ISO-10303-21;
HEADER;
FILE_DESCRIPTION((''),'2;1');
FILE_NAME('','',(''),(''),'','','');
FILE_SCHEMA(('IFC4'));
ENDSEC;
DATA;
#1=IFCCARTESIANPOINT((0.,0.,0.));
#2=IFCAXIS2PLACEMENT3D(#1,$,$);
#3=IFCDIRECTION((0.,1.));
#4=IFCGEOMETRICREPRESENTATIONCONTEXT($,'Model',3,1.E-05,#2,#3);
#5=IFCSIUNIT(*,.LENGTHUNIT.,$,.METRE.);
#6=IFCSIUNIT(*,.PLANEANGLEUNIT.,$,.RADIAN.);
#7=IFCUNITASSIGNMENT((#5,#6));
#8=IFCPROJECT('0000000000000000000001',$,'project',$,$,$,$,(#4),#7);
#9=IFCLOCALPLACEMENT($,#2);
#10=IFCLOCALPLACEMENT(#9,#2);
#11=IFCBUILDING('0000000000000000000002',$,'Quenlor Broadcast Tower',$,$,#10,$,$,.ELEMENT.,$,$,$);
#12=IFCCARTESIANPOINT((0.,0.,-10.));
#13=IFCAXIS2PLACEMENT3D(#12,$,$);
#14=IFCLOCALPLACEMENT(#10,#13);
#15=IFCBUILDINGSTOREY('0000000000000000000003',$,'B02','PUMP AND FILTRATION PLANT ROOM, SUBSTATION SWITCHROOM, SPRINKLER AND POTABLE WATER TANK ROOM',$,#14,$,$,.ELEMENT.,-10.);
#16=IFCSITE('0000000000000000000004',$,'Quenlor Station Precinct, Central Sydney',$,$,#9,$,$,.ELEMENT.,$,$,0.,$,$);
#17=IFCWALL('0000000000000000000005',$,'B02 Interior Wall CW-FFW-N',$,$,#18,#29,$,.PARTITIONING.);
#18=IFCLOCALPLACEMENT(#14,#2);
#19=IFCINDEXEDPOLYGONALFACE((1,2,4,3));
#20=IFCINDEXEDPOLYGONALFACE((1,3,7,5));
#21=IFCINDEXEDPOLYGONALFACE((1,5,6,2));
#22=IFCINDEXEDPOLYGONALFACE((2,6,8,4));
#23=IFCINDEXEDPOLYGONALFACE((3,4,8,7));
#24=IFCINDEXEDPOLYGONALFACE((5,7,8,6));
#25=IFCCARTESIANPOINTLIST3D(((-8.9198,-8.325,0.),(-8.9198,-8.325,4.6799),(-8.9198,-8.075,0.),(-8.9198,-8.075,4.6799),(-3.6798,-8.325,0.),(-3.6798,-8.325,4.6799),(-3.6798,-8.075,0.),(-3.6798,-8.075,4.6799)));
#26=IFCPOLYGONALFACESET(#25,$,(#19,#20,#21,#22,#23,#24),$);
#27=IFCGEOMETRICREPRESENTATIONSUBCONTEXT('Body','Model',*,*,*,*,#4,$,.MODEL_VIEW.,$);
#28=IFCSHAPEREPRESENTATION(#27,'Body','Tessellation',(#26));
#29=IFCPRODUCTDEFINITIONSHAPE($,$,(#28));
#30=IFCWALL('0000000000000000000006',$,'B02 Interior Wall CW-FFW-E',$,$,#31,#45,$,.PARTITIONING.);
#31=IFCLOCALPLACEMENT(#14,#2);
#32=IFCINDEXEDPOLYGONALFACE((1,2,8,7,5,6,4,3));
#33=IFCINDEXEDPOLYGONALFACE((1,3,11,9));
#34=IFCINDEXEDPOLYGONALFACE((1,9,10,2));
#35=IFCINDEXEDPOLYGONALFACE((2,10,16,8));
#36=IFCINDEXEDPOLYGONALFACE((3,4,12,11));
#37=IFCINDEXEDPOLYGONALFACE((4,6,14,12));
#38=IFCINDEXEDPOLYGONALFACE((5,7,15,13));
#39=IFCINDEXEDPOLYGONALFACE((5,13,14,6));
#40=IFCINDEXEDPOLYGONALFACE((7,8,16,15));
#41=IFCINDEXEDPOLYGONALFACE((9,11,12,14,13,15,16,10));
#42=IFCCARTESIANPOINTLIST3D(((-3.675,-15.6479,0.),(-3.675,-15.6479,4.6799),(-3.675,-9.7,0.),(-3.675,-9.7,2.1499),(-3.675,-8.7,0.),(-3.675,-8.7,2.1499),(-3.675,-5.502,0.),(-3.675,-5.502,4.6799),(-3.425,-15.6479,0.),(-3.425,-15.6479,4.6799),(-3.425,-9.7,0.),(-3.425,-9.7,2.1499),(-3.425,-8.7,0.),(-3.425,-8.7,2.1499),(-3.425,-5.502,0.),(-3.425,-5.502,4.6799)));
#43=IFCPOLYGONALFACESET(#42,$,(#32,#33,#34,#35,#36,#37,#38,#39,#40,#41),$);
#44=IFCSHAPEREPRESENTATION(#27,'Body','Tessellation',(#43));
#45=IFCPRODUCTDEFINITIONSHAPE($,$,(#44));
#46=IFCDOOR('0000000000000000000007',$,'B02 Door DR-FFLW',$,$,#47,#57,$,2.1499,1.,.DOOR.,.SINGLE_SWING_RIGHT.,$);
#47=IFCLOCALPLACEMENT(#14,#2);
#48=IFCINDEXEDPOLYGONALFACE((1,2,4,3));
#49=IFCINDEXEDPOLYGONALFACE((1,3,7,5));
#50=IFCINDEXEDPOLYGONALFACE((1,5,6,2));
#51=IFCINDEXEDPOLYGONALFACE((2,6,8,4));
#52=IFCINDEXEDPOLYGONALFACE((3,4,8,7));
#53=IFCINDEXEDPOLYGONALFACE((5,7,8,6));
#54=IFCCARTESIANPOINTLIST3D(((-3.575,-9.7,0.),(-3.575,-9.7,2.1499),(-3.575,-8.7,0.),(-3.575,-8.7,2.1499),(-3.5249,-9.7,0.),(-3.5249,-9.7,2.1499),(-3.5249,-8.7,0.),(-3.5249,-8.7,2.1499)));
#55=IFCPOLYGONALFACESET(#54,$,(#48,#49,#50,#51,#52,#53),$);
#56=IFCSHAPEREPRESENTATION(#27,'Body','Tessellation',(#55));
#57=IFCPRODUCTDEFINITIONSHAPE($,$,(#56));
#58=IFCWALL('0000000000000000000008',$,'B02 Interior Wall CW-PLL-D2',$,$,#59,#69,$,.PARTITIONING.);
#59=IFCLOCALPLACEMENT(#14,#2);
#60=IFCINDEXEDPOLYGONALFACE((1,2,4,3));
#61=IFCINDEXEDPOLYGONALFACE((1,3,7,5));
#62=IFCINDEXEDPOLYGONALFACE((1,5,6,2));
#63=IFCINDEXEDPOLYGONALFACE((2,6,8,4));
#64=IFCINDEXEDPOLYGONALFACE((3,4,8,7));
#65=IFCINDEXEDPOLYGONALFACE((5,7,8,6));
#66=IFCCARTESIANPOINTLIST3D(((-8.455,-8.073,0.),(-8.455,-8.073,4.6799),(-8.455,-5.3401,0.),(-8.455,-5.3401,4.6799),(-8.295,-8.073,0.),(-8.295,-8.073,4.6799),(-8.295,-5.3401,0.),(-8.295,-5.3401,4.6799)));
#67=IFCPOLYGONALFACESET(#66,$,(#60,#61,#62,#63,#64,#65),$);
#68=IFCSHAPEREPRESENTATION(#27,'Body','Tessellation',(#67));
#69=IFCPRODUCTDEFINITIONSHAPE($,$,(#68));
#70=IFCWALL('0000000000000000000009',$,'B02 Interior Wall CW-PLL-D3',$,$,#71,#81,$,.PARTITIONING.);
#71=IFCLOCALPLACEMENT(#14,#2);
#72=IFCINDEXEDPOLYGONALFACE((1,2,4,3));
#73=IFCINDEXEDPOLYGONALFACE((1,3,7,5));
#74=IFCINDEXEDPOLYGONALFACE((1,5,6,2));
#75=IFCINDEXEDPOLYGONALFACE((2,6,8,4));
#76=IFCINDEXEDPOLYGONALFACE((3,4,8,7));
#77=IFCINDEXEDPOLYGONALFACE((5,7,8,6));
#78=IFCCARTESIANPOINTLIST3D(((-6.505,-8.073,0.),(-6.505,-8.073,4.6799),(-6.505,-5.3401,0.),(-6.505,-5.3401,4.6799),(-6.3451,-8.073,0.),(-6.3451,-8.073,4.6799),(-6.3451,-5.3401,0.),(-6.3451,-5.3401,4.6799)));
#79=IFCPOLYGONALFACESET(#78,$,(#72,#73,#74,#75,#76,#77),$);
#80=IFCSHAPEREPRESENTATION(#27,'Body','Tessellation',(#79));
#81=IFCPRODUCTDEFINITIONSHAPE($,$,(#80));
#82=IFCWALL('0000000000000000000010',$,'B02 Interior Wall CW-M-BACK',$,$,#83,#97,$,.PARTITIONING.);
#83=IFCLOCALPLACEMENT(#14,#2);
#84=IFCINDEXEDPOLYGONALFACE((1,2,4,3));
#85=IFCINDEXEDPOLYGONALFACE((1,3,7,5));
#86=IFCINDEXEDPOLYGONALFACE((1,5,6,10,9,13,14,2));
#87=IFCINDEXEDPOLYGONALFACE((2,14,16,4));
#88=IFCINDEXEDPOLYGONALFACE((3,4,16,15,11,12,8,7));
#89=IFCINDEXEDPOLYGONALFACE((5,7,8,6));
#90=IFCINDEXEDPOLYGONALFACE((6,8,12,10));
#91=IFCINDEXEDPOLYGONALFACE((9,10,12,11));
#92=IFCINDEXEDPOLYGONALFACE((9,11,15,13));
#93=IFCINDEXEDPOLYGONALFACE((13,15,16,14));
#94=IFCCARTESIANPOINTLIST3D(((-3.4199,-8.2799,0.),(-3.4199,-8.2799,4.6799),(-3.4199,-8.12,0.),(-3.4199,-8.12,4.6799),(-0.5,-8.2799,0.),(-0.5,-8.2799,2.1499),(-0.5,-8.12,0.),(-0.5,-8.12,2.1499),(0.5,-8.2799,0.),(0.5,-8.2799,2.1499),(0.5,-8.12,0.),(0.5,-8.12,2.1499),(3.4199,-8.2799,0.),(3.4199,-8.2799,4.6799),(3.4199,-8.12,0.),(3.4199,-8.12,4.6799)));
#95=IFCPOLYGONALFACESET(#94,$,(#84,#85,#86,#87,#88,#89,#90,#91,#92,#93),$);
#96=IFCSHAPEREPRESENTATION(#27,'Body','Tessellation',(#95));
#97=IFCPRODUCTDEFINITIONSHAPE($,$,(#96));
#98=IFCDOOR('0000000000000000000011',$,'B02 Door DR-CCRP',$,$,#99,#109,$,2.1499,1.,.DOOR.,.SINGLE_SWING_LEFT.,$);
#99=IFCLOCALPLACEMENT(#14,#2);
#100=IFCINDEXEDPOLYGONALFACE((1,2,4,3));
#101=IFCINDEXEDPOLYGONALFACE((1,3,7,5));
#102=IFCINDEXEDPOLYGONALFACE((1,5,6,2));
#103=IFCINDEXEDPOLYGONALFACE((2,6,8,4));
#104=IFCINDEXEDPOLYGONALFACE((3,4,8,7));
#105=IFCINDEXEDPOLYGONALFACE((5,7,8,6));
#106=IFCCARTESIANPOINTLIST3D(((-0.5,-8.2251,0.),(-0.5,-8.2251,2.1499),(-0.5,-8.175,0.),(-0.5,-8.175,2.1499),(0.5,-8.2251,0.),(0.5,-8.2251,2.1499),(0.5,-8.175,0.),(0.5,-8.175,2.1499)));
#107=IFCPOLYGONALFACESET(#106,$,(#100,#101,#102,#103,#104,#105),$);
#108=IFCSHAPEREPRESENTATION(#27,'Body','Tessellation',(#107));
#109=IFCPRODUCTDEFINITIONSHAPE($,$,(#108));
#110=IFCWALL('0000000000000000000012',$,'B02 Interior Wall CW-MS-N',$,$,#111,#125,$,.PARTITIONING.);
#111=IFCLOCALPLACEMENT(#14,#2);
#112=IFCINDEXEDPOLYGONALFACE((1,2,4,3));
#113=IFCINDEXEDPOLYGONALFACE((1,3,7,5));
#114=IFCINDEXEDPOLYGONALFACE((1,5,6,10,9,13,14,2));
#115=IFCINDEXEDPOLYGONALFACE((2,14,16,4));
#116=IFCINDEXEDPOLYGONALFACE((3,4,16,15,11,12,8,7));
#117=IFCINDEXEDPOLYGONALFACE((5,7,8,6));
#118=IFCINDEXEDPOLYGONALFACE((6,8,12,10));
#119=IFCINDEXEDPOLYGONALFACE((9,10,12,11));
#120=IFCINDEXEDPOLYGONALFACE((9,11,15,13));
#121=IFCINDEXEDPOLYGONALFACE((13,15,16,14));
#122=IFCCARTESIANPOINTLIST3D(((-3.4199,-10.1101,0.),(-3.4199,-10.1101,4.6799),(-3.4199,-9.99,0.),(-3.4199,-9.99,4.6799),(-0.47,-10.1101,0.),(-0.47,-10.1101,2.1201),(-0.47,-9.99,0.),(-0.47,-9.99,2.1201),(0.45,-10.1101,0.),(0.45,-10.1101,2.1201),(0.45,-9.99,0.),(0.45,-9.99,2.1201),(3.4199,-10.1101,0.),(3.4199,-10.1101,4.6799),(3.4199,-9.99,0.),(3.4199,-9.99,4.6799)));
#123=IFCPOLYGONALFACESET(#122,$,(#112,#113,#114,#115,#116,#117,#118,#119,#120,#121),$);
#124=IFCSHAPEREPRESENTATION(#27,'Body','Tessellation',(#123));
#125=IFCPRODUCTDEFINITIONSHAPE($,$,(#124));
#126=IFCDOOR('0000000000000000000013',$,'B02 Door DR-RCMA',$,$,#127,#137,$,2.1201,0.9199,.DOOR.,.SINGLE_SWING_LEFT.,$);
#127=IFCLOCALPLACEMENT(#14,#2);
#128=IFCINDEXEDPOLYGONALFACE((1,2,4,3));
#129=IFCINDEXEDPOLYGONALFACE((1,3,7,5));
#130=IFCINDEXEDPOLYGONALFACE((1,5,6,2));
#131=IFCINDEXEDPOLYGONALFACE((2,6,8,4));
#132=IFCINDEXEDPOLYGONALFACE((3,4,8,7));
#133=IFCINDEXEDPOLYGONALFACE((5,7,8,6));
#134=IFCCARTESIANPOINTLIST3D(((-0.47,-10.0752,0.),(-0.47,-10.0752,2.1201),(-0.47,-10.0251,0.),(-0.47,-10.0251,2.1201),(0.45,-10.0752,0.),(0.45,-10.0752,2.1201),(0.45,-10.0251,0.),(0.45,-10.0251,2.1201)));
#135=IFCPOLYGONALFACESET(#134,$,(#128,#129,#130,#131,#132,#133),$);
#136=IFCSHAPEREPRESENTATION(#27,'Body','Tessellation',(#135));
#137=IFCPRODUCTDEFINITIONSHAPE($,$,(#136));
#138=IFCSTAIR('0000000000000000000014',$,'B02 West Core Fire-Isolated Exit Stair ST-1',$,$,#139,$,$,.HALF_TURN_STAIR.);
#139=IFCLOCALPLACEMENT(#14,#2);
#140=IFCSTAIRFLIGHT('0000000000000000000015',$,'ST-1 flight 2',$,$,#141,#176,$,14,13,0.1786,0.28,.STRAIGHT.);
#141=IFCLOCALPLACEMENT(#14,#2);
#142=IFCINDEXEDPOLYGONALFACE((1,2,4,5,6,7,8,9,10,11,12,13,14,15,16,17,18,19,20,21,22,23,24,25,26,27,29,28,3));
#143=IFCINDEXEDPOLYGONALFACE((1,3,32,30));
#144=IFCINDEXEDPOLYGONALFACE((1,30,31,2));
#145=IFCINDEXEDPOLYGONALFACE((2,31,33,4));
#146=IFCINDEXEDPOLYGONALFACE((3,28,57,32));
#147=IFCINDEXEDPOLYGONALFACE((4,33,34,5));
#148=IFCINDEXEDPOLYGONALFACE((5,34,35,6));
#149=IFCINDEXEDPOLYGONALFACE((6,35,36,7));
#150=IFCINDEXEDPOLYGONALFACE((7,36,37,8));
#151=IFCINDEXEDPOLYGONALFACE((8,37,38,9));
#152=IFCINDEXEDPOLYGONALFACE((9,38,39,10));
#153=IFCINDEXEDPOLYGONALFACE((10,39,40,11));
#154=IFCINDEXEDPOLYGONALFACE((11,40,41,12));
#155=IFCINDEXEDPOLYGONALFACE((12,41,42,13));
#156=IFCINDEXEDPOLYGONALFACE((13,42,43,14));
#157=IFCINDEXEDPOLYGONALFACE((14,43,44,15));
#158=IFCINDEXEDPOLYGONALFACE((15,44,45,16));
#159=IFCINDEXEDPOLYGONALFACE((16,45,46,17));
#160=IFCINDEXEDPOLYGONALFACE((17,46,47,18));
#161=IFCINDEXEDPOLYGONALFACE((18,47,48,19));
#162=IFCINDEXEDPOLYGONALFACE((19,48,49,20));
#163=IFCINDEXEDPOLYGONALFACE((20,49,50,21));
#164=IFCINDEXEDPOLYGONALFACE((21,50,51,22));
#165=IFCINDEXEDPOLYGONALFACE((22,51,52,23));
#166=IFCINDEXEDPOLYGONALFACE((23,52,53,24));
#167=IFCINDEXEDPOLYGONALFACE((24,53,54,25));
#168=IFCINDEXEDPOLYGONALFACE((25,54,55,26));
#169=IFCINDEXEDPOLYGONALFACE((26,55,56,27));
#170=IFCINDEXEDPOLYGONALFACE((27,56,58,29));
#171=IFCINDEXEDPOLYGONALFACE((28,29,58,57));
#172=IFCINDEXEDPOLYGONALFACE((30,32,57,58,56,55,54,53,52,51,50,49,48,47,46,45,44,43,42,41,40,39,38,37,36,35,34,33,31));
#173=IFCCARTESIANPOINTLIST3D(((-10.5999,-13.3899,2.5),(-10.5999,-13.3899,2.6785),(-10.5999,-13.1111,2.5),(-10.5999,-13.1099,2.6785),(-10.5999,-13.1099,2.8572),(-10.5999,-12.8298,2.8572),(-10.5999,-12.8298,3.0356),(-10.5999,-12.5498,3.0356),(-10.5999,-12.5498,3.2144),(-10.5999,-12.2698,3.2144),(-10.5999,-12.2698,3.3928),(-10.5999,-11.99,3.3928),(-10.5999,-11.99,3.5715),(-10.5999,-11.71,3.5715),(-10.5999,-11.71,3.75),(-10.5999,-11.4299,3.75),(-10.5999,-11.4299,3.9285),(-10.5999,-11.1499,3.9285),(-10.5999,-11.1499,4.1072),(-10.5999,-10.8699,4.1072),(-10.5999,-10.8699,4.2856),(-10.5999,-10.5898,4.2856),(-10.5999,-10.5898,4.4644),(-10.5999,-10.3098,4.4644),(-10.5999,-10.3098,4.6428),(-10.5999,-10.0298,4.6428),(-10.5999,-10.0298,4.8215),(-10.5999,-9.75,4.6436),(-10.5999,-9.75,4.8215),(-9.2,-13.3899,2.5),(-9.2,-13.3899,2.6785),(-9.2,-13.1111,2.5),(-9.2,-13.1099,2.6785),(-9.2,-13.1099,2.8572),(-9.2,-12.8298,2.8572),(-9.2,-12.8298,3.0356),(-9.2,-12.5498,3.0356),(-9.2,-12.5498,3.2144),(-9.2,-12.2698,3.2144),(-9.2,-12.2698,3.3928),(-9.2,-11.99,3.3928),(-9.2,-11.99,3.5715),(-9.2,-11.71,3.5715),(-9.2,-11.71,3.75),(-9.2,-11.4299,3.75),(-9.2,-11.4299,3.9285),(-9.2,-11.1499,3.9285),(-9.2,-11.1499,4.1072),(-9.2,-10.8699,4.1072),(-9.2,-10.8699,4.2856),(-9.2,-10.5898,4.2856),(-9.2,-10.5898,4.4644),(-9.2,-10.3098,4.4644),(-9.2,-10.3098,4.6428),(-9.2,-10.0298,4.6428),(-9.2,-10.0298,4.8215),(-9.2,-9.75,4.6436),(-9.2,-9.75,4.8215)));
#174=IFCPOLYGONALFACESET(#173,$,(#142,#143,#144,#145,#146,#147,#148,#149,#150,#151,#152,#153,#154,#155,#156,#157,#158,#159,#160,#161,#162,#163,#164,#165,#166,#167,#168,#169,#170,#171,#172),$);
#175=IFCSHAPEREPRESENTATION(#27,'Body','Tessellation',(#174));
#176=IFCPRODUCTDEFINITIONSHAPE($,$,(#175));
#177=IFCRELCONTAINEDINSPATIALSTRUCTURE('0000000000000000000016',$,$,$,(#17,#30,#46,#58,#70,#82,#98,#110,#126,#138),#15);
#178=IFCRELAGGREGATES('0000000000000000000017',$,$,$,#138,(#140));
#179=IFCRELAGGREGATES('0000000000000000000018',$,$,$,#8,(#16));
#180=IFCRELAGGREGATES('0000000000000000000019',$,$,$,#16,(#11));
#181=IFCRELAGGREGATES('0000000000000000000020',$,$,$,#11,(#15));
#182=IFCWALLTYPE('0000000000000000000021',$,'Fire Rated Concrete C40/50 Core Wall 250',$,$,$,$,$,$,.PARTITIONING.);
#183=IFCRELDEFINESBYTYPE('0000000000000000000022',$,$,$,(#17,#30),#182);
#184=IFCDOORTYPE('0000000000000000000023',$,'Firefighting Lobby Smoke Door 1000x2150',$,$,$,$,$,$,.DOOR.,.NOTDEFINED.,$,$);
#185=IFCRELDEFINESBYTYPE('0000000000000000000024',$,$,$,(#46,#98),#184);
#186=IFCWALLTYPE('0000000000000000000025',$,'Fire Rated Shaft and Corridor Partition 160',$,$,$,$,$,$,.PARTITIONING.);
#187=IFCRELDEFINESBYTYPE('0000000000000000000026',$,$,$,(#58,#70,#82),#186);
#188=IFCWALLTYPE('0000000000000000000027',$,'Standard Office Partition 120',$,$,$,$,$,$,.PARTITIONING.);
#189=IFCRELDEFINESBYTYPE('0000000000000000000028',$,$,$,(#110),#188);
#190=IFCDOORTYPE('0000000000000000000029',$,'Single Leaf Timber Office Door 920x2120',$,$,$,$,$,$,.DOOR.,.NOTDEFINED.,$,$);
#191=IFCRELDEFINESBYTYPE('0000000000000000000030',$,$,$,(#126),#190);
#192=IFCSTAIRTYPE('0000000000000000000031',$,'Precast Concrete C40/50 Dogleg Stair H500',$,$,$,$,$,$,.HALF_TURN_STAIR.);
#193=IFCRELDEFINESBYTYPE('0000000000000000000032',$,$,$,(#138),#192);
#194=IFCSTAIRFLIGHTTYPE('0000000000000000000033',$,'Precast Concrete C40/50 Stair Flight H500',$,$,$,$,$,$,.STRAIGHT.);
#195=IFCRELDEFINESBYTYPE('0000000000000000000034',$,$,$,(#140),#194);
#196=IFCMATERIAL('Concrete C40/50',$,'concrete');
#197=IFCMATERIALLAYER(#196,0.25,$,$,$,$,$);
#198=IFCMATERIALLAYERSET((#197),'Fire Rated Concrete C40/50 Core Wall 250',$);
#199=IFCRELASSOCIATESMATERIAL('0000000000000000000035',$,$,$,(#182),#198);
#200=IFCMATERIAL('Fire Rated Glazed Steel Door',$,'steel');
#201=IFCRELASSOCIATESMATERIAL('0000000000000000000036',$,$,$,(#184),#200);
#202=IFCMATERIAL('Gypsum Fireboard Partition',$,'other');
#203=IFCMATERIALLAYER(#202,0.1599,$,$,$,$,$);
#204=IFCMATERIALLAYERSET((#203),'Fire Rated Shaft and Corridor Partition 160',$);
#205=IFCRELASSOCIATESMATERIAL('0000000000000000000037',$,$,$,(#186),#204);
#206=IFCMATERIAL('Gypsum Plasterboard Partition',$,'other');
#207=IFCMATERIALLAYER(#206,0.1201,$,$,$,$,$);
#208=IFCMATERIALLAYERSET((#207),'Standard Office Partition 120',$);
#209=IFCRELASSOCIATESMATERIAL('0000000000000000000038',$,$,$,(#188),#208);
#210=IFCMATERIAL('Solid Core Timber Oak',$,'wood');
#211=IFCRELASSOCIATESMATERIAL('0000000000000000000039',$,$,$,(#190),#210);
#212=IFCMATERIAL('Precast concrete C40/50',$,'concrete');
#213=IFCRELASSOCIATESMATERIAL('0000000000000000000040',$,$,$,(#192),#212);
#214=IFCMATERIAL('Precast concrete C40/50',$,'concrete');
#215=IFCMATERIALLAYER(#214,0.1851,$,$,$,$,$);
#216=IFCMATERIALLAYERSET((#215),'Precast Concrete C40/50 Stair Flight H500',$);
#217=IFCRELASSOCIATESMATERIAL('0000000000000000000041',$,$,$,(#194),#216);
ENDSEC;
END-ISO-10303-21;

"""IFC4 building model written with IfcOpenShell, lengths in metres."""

from ifc_helpers import new_model, si_unit, direction, frame, frame_2d, origin, place, context, subcontext, project, spatial, polyline, rectangle, outline, extrude, material, layer, layer_set, type_object, element, fill, aggregate, save


model = new_model("IFC4")

# Units and contexts
model_context = context("Model", 3, precision=1e-05, world=origin(), true_north=direction((0.0, 1.0)))
body_context = subcontext(model_context, "Body", "Model", "MODEL_VIEW")
ifc_project = project(units=[si_unit("LENGTHUNIT", "METRE"), si_unit("PLANEANGLEUNIT", "RADIAN")], contexts=[model_context])

# Site, building, storey
site_placement = place(None, origin())
site = spatial("IfcSite", under=ifc_project, at=site_placement, Name="Quenlor Station Precinct, Central Sydney", CompositionType="ELEMENT", RefElevation=0.0)
building_placement = place(site_placement, origin())
building = spatial("IfcBuilding", under=site, at=building_placement, Name="Quenlor Broadcast Tower", CompositionType="ELEMENT")
storey_placement = place(building_placement, frame((0.0, 0.0, -10.0)))
storey = spatial("IfcBuildingStorey", under=building, at=storey_placement, Name="B02", Description="PUMP AND FILTRATION PLANT ROOM, SUBSTATION SWITCHROOM, SPRINKLER AND POTABLE WATER TANK ROOM", CompositionType="ELEMENT", Elevation=-10.0)

# Shared definitions
ifc_material_1 = material(Name="Concrete C40/50", Category="concrete")
ifc_layer_1 = layer(ifc_material_1, 0.25)
ifc_layer_set_1 = layer_set([ifc_layer_1], Name="Fire Rated Concrete C40/50 Core Wall 250")
wall_type_1 = type_object("IfcWallType", Name="Fire Rated Concrete C40/50 Core Wall 250", PredefinedType="PARTITIONING", material=ifc_layer_set_1)

# Wall
wall_1_placement = place(storey_placement, frame((-8.9199, -8.2, 0.0), z_axis=(0.0, 0.0, 1.0), x_axis=(1.0, 0.0, 0.0)))
element("IfcWall", 1, at=wall_1_placement, inside=storey, type_object=wall_type_1, Name="B02 Interior Wall CW-FFW-N", PredefinedType="PARTITIONING", context=body_context, shape_type="SweptSolid", body=[
    extrude(rectangle(XDim=5.24, YDim=0.25, at=frame_2d((2.6201, 0.0))), origin(), (0.0, 0.0, 1.0), 4.6799),
])

# Wall, opening, door
wall_2_placement = place(storey_placement, frame((-3.55, -15.6479, 0.0), z_axis=(0.0, 0.0, 1.0), x_axis=(0.0, 1.0, 0.0)))
wall_2 = element("IfcWall", 2, at=wall_2_placement, inside=storey, type_object=wall_type_1, Name="B02 Interior Wall CW-FFW-E", PredefinedType="PARTITIONING", context=body_context, shape_type="SweptSolid", body=[
    extrude(rectangle(XDim=10.146, YDim=0.25, at=frame_2d((5.073, 0.0))), origin(), (0.0, 0.0, 1.0), 4.6799),
])
opening_1_placement = place(wall_2_placement, frame((5.948, 0.0, 0.0)))
opening_1 = element("IfcOpeningElement", 3, at=opening_1_placement, cuts=wall_2, PredefinedType="OPENING", context=body_context, shape_type="SweptSolid", body=[
    extrude(rectangle(XDim=1.0, YDim=2.1499, at=frame_2d((0.5, 1.075))), frame((0.0, 0.135, 0.0), z_axis=(0.0, -1.0, 0.0), x_axis=(1.0, 0.0, 0.0)), (0.0, 0.0, 1.0), 0.27),
])
ifc_material_2 = material(Name="Fire Rated Glazed Steel Door", Category="steel")
door_type_1 = type_object("IfcDoorType", Name="Firefighting Lobby Smoke Door 1000x2150", OperationType="NOTDEFINED", PredefinedType="DOOR", material=ifc_material_2)
door_1_placement = place(opening_1_placement, origin())
door_1 = element("IfcDoor", 4, at=door_1_placement, inside=storey, type_object=door_type_1, Name="B02 Door DR-FFLW", OperationType="SINGLE_SWING_RIGHT", OverallHeight=2.1499, OverallWidth=1.0, PredefinedType="DOOR", context=body_context, shape_type="SweptSolid", body=[
    extrude(rectangle(XDim=1.0, YDim=2.1499, at=frame_2d((0.5, 1.075))), frame((0.0, 0.0249, 0.0), z_axis=(0.0, -1.0, 0.0), x_axis=(1.0, 0.0, 0.0)), (0.0, 0.0, 1.0), 0.05),
])
fill(opening_1, door_1)

# Walls
ifc_material_3 = material(Name="Gypsum Fireboard Partition", Category="other")
ifc_layer_2 = layer(ifc_material_3, 0.1599)
ifc_layer_set_2 = layer_set([ifc_layer_2], Name="Fire Rated Shaft and Corridor Partition 160")
wall_type_2 = type_object("IfcWallType", Name="Fire Rated Shaft and Corridor Partition 160", PredefinedType="PARTITIONING", material=ifc_layer_set_2)
for number, where, z_axis, x_axis, name in (
    (5, (-8.375, -8.073, 0.0), (0.0, 0.0, 1.0), (0.0, 1.0, 0.0), "B02 Interior Wall CW-PLL-D2"),
    (6, (-6.425, -8.073, 0.0), (0.0, 0.0, 1.0), (0.0, 1.0, 0.0), "B02 Interior Wall CW-PLL-D3"),
):
    element("IfcWall", number, at=place(storey_placement, frame(where, z_axis=z_axis, x_axis=x_axis)), inside=storey, type_object=wall_type_2, Name=name, PredefinedType="PARTITIONING", context=body_context, shape_type="SweptSolid", body=[
        extrude(rectangle(XDim=2.7329, YDim=0.1599, at=frame_2d((1.3665, 0.0))), origin(), (0.0, 0.0, 1.0), 4.6799),
    ])

# Walls, openings, doors
wall_3_placement = place(storey_placement, frame((-3.4199, -8.2, 0.0), z_axis=(0.0, 0.0, 1.0), x_axis=(1.0, 0.0, 0.0)))
wall_3 = element("IfcWall", 7, at=wall_3_placement, inside=storey, type_object=wall_type_2, Name="B02 Interior Wall CW-M-BACK", PredefinedType="PARTITIONING", context=body_context, shape_type="SweptSolid", body=[
    extrude(rectangle(XDim=6.8398, YDim=0.1599, at=frame_2d((3.4199, 0.0))), origin(), (0.0, 0.0, 1.0), 4.6799),
])
opening_2_placement = place(wall_3_placement, frame((2.9199, 0.0, 0.0)))
opening_2 = element("IfcOpeningElement", 8, at=opening_2_placement, cuts=wall_3, PredefinedType="OPENING", context=body_context, shape_type="SweptSolid", body=[
    extrude(rectangle(XDim=1.0, YDim=2.1499, at=frame_2d((0.5, 1.075))), frame((0.0, 0.0898, 0.0), z_axis=(0.0, -1.0, 0.0), x_axis=(1.0, 0.0, 0.0)), (0.0, 0.0, 1.0), 0.1799),
])
door_2_placement = place(opening_2_placement, origin())
door_2 = element("IfcDoor", 9, at=door_2_placement, inside=storey, type_object=door_type_1, Name="B02 Door DR-CCRP", OperationType="SINGLE_SWING_LEFT", OverallHeight=2.1499, OverallWidth=1.0, PredefinedType="DOOR", context=body_context, shape_type="SweptSolid", body=[
    extrude(rectangle(XDim=1.0, YDim=2.1499, at=frame_2d((0.5, 1.075))), frame((0.0, 0.0249, 0.0), z_axis=(0.0, -1.0, 0.0), x_axis=(1.0, 0.0, 0.0)), (0.0, 0.0, 1.0), 0.05),
])
fill(opening_2, door_2)
ifc_material_4 = material(Name="Gypsum Plasterboard Partition", Category="other")
ifc_layer_3 = layer(ifc_material_4, 0.1201)
ifc_layer_set_3 = layer_set([ifc_layer_3], Name="Standard Office Partition 120")
wall_type_3 = type_object("IfcWallType", Name="Standard Office Partition 120", PredefinedType="PARTITIONING", material=ifc_layer_set_3)
wall_4_placement = place(storey_placement, frame((-3.4199, -10.05, 0.0), z_axis=(0.0, 0.0, 1.0), x_axis=(1.0, 0.0, 0.0)))
wall_4 = element("IfcWall", 10, at=wall_4_placement, inside=storey, type_object=wall_type_3, Name="B02 Interior Wall CW-MS-N", PredefinedType="PARTITIONING", context=body_context, shape_type="SweptSolid", body=[
    extrude(rectangle(XDim=6.8398, YDim=0.1201, at=frame_2d((3.4199, 0.0))), origin(), (0.0, 0.0, 1.0), 4.6799),
])
opening_3_placement = place(wall_4_placement, frame((2.95, 0.0, 0.0)))
opening_3 = element("IfcOpeningElement", 11, at=opening_3_placement, cuts=wall_4, PredefinedType="OPENING", context=body_context, shape_type="SweptSolid", body=[
    extrude(rectangle(XDim=0.9199, YDim=2.1201, at=frame_2d((0.46, 1.0601))), frame((0.0, 0.0701, 0.0), z_axis=(0.0, -1.0, 0.0), x_axis=(1.0, 0.0, 0.0)), (0.0, 0.0, 1.0), 0.1401),
])
ifc_material_5 = material(Name="Solid Core Timber Oak", Category="wood")
door_type_2 = type_object("IfcDoorType", Name="Single Leaf Timber Office Door 920x2120", OperationType="NOTDEFINED", PredefinedType="DOOR", material=ifc_material_5)
door_3_placement = place(opening_3_placement, origin())
door_3 = element("IfcDoor", 12, at=door_3_placement, inside=storey, type_object=door_type_2, Name="B02 Door DR-RCMA", OperationType="SINGLE_SWING_LEFT", OverallHeight=2.1201, OverallWidth=0.9199, PredefinedType="DOOR", context=body_context, shape_type="SweptSolid", body=[
    extrude(rectangle(XDim=0.9199, YDim=2.1201, at=frame_2d((0.46, 1.0601))), frame((0.0, 0.0249, 0.0), z_axis=(0.0, -1.0, 0.0), x_axis=(1.0, 0.0, 0.0)), (0.0, 0.0, 1.0), 0.05),
])
fill(opening_3, door_3)

# Stair, stair flight
ifc_material_6 = material(Name="Precast concrete C40/50", Category="concrete")
stair_type = type_object("IfcStairType", Name="Precast Concrete C40/50 Dogleg Stair H500", PredefinedType="HALF_TURN_STAIR", material=ifc_material_6)
stair_placement = place(storey_placement, origin())
stair = element("IfcStair", 13, at=stair_placement, inside=storey, type_object=stair_type, Name="B02 West Core Fire-Isolated Exit Stair ST-1", PredefinedType="HALF_TURN_STAIR")
ifc_material_7 = material(Name="Precast concrete C40/50", Category="concrete")
ifc_layer_4 = layer(ifc_material_7, 0.1851)
ifc_layer_set_4 = layer_set([ifc_layer_4], Name="Precast Concrete C40/50 Stair Flight H500")
stair_flight_type = type_object("IfcStairFlightType", Name="Precast Concrete C40/50 Stair Flight H500", PredefinedType="STRAIGHT", material=ifc_layer_set_4)
stair_flight_placement = place(storey_placement, frame((-9.8999, -13.3899, 2.5), z_axis=(0.0, 0.0, 1.0), x_axis=(0.0, 1.0, 0.0)))
stair_flight = element("IfcStairFlight", 14, at=stair_flight_placement, type_object=stair_flight_type, Name="ST-1 flight 2", NumberOfRisers=14, NumberOfTreads=13, PredefinedType="STRAIGHT", RiserHeight=0.1786, TreadLength=0.28, context=body_context, shape_type="SweptSolid", body=[
    extrude(outline(polyline([(0.0, 0.0), (0.0, 0.1785), (0.28, 0.1785), (0.28, 0.3572), (0.5601, 0.3572), (0.5601, 0.5356), (0.8401, 0.5356), (0.8401, 0.7144), (1.1201, 0.7144), (1.1201, 0.8928), (1.3999, 0.8928), (1.3999, 1.0715), (1.6799, 1.0715), (1.6799, 1.25), (1.96, 1.25), (1.96, 1.4285), (2.24, 1.4285), (2.24, 1.6072), (2.52, 1.6072), (2.52, 1.7856), (2.8, 1.7856), (2.8, 1.9644), (3.0801, 1.9644), (3.0801, 2.1428), (3.3601, 2.1428), (3.3601, 2.3215), (3.6399, 2.3215), (3.6399, 2.5), (3.6399, 2.1436), (0.2788, 0.0), (0.0, 0.0)])), frame((0.0, 0.7, 0.0), z_axis=(0.0, -1.0, 0.0), x_axis=(1.0, 0.0, 0.0)), (0.0, 0.0, 1.0), 1.3999),
])
aggregate(stair, [stair_flight])

save(model, "model.ifc")
